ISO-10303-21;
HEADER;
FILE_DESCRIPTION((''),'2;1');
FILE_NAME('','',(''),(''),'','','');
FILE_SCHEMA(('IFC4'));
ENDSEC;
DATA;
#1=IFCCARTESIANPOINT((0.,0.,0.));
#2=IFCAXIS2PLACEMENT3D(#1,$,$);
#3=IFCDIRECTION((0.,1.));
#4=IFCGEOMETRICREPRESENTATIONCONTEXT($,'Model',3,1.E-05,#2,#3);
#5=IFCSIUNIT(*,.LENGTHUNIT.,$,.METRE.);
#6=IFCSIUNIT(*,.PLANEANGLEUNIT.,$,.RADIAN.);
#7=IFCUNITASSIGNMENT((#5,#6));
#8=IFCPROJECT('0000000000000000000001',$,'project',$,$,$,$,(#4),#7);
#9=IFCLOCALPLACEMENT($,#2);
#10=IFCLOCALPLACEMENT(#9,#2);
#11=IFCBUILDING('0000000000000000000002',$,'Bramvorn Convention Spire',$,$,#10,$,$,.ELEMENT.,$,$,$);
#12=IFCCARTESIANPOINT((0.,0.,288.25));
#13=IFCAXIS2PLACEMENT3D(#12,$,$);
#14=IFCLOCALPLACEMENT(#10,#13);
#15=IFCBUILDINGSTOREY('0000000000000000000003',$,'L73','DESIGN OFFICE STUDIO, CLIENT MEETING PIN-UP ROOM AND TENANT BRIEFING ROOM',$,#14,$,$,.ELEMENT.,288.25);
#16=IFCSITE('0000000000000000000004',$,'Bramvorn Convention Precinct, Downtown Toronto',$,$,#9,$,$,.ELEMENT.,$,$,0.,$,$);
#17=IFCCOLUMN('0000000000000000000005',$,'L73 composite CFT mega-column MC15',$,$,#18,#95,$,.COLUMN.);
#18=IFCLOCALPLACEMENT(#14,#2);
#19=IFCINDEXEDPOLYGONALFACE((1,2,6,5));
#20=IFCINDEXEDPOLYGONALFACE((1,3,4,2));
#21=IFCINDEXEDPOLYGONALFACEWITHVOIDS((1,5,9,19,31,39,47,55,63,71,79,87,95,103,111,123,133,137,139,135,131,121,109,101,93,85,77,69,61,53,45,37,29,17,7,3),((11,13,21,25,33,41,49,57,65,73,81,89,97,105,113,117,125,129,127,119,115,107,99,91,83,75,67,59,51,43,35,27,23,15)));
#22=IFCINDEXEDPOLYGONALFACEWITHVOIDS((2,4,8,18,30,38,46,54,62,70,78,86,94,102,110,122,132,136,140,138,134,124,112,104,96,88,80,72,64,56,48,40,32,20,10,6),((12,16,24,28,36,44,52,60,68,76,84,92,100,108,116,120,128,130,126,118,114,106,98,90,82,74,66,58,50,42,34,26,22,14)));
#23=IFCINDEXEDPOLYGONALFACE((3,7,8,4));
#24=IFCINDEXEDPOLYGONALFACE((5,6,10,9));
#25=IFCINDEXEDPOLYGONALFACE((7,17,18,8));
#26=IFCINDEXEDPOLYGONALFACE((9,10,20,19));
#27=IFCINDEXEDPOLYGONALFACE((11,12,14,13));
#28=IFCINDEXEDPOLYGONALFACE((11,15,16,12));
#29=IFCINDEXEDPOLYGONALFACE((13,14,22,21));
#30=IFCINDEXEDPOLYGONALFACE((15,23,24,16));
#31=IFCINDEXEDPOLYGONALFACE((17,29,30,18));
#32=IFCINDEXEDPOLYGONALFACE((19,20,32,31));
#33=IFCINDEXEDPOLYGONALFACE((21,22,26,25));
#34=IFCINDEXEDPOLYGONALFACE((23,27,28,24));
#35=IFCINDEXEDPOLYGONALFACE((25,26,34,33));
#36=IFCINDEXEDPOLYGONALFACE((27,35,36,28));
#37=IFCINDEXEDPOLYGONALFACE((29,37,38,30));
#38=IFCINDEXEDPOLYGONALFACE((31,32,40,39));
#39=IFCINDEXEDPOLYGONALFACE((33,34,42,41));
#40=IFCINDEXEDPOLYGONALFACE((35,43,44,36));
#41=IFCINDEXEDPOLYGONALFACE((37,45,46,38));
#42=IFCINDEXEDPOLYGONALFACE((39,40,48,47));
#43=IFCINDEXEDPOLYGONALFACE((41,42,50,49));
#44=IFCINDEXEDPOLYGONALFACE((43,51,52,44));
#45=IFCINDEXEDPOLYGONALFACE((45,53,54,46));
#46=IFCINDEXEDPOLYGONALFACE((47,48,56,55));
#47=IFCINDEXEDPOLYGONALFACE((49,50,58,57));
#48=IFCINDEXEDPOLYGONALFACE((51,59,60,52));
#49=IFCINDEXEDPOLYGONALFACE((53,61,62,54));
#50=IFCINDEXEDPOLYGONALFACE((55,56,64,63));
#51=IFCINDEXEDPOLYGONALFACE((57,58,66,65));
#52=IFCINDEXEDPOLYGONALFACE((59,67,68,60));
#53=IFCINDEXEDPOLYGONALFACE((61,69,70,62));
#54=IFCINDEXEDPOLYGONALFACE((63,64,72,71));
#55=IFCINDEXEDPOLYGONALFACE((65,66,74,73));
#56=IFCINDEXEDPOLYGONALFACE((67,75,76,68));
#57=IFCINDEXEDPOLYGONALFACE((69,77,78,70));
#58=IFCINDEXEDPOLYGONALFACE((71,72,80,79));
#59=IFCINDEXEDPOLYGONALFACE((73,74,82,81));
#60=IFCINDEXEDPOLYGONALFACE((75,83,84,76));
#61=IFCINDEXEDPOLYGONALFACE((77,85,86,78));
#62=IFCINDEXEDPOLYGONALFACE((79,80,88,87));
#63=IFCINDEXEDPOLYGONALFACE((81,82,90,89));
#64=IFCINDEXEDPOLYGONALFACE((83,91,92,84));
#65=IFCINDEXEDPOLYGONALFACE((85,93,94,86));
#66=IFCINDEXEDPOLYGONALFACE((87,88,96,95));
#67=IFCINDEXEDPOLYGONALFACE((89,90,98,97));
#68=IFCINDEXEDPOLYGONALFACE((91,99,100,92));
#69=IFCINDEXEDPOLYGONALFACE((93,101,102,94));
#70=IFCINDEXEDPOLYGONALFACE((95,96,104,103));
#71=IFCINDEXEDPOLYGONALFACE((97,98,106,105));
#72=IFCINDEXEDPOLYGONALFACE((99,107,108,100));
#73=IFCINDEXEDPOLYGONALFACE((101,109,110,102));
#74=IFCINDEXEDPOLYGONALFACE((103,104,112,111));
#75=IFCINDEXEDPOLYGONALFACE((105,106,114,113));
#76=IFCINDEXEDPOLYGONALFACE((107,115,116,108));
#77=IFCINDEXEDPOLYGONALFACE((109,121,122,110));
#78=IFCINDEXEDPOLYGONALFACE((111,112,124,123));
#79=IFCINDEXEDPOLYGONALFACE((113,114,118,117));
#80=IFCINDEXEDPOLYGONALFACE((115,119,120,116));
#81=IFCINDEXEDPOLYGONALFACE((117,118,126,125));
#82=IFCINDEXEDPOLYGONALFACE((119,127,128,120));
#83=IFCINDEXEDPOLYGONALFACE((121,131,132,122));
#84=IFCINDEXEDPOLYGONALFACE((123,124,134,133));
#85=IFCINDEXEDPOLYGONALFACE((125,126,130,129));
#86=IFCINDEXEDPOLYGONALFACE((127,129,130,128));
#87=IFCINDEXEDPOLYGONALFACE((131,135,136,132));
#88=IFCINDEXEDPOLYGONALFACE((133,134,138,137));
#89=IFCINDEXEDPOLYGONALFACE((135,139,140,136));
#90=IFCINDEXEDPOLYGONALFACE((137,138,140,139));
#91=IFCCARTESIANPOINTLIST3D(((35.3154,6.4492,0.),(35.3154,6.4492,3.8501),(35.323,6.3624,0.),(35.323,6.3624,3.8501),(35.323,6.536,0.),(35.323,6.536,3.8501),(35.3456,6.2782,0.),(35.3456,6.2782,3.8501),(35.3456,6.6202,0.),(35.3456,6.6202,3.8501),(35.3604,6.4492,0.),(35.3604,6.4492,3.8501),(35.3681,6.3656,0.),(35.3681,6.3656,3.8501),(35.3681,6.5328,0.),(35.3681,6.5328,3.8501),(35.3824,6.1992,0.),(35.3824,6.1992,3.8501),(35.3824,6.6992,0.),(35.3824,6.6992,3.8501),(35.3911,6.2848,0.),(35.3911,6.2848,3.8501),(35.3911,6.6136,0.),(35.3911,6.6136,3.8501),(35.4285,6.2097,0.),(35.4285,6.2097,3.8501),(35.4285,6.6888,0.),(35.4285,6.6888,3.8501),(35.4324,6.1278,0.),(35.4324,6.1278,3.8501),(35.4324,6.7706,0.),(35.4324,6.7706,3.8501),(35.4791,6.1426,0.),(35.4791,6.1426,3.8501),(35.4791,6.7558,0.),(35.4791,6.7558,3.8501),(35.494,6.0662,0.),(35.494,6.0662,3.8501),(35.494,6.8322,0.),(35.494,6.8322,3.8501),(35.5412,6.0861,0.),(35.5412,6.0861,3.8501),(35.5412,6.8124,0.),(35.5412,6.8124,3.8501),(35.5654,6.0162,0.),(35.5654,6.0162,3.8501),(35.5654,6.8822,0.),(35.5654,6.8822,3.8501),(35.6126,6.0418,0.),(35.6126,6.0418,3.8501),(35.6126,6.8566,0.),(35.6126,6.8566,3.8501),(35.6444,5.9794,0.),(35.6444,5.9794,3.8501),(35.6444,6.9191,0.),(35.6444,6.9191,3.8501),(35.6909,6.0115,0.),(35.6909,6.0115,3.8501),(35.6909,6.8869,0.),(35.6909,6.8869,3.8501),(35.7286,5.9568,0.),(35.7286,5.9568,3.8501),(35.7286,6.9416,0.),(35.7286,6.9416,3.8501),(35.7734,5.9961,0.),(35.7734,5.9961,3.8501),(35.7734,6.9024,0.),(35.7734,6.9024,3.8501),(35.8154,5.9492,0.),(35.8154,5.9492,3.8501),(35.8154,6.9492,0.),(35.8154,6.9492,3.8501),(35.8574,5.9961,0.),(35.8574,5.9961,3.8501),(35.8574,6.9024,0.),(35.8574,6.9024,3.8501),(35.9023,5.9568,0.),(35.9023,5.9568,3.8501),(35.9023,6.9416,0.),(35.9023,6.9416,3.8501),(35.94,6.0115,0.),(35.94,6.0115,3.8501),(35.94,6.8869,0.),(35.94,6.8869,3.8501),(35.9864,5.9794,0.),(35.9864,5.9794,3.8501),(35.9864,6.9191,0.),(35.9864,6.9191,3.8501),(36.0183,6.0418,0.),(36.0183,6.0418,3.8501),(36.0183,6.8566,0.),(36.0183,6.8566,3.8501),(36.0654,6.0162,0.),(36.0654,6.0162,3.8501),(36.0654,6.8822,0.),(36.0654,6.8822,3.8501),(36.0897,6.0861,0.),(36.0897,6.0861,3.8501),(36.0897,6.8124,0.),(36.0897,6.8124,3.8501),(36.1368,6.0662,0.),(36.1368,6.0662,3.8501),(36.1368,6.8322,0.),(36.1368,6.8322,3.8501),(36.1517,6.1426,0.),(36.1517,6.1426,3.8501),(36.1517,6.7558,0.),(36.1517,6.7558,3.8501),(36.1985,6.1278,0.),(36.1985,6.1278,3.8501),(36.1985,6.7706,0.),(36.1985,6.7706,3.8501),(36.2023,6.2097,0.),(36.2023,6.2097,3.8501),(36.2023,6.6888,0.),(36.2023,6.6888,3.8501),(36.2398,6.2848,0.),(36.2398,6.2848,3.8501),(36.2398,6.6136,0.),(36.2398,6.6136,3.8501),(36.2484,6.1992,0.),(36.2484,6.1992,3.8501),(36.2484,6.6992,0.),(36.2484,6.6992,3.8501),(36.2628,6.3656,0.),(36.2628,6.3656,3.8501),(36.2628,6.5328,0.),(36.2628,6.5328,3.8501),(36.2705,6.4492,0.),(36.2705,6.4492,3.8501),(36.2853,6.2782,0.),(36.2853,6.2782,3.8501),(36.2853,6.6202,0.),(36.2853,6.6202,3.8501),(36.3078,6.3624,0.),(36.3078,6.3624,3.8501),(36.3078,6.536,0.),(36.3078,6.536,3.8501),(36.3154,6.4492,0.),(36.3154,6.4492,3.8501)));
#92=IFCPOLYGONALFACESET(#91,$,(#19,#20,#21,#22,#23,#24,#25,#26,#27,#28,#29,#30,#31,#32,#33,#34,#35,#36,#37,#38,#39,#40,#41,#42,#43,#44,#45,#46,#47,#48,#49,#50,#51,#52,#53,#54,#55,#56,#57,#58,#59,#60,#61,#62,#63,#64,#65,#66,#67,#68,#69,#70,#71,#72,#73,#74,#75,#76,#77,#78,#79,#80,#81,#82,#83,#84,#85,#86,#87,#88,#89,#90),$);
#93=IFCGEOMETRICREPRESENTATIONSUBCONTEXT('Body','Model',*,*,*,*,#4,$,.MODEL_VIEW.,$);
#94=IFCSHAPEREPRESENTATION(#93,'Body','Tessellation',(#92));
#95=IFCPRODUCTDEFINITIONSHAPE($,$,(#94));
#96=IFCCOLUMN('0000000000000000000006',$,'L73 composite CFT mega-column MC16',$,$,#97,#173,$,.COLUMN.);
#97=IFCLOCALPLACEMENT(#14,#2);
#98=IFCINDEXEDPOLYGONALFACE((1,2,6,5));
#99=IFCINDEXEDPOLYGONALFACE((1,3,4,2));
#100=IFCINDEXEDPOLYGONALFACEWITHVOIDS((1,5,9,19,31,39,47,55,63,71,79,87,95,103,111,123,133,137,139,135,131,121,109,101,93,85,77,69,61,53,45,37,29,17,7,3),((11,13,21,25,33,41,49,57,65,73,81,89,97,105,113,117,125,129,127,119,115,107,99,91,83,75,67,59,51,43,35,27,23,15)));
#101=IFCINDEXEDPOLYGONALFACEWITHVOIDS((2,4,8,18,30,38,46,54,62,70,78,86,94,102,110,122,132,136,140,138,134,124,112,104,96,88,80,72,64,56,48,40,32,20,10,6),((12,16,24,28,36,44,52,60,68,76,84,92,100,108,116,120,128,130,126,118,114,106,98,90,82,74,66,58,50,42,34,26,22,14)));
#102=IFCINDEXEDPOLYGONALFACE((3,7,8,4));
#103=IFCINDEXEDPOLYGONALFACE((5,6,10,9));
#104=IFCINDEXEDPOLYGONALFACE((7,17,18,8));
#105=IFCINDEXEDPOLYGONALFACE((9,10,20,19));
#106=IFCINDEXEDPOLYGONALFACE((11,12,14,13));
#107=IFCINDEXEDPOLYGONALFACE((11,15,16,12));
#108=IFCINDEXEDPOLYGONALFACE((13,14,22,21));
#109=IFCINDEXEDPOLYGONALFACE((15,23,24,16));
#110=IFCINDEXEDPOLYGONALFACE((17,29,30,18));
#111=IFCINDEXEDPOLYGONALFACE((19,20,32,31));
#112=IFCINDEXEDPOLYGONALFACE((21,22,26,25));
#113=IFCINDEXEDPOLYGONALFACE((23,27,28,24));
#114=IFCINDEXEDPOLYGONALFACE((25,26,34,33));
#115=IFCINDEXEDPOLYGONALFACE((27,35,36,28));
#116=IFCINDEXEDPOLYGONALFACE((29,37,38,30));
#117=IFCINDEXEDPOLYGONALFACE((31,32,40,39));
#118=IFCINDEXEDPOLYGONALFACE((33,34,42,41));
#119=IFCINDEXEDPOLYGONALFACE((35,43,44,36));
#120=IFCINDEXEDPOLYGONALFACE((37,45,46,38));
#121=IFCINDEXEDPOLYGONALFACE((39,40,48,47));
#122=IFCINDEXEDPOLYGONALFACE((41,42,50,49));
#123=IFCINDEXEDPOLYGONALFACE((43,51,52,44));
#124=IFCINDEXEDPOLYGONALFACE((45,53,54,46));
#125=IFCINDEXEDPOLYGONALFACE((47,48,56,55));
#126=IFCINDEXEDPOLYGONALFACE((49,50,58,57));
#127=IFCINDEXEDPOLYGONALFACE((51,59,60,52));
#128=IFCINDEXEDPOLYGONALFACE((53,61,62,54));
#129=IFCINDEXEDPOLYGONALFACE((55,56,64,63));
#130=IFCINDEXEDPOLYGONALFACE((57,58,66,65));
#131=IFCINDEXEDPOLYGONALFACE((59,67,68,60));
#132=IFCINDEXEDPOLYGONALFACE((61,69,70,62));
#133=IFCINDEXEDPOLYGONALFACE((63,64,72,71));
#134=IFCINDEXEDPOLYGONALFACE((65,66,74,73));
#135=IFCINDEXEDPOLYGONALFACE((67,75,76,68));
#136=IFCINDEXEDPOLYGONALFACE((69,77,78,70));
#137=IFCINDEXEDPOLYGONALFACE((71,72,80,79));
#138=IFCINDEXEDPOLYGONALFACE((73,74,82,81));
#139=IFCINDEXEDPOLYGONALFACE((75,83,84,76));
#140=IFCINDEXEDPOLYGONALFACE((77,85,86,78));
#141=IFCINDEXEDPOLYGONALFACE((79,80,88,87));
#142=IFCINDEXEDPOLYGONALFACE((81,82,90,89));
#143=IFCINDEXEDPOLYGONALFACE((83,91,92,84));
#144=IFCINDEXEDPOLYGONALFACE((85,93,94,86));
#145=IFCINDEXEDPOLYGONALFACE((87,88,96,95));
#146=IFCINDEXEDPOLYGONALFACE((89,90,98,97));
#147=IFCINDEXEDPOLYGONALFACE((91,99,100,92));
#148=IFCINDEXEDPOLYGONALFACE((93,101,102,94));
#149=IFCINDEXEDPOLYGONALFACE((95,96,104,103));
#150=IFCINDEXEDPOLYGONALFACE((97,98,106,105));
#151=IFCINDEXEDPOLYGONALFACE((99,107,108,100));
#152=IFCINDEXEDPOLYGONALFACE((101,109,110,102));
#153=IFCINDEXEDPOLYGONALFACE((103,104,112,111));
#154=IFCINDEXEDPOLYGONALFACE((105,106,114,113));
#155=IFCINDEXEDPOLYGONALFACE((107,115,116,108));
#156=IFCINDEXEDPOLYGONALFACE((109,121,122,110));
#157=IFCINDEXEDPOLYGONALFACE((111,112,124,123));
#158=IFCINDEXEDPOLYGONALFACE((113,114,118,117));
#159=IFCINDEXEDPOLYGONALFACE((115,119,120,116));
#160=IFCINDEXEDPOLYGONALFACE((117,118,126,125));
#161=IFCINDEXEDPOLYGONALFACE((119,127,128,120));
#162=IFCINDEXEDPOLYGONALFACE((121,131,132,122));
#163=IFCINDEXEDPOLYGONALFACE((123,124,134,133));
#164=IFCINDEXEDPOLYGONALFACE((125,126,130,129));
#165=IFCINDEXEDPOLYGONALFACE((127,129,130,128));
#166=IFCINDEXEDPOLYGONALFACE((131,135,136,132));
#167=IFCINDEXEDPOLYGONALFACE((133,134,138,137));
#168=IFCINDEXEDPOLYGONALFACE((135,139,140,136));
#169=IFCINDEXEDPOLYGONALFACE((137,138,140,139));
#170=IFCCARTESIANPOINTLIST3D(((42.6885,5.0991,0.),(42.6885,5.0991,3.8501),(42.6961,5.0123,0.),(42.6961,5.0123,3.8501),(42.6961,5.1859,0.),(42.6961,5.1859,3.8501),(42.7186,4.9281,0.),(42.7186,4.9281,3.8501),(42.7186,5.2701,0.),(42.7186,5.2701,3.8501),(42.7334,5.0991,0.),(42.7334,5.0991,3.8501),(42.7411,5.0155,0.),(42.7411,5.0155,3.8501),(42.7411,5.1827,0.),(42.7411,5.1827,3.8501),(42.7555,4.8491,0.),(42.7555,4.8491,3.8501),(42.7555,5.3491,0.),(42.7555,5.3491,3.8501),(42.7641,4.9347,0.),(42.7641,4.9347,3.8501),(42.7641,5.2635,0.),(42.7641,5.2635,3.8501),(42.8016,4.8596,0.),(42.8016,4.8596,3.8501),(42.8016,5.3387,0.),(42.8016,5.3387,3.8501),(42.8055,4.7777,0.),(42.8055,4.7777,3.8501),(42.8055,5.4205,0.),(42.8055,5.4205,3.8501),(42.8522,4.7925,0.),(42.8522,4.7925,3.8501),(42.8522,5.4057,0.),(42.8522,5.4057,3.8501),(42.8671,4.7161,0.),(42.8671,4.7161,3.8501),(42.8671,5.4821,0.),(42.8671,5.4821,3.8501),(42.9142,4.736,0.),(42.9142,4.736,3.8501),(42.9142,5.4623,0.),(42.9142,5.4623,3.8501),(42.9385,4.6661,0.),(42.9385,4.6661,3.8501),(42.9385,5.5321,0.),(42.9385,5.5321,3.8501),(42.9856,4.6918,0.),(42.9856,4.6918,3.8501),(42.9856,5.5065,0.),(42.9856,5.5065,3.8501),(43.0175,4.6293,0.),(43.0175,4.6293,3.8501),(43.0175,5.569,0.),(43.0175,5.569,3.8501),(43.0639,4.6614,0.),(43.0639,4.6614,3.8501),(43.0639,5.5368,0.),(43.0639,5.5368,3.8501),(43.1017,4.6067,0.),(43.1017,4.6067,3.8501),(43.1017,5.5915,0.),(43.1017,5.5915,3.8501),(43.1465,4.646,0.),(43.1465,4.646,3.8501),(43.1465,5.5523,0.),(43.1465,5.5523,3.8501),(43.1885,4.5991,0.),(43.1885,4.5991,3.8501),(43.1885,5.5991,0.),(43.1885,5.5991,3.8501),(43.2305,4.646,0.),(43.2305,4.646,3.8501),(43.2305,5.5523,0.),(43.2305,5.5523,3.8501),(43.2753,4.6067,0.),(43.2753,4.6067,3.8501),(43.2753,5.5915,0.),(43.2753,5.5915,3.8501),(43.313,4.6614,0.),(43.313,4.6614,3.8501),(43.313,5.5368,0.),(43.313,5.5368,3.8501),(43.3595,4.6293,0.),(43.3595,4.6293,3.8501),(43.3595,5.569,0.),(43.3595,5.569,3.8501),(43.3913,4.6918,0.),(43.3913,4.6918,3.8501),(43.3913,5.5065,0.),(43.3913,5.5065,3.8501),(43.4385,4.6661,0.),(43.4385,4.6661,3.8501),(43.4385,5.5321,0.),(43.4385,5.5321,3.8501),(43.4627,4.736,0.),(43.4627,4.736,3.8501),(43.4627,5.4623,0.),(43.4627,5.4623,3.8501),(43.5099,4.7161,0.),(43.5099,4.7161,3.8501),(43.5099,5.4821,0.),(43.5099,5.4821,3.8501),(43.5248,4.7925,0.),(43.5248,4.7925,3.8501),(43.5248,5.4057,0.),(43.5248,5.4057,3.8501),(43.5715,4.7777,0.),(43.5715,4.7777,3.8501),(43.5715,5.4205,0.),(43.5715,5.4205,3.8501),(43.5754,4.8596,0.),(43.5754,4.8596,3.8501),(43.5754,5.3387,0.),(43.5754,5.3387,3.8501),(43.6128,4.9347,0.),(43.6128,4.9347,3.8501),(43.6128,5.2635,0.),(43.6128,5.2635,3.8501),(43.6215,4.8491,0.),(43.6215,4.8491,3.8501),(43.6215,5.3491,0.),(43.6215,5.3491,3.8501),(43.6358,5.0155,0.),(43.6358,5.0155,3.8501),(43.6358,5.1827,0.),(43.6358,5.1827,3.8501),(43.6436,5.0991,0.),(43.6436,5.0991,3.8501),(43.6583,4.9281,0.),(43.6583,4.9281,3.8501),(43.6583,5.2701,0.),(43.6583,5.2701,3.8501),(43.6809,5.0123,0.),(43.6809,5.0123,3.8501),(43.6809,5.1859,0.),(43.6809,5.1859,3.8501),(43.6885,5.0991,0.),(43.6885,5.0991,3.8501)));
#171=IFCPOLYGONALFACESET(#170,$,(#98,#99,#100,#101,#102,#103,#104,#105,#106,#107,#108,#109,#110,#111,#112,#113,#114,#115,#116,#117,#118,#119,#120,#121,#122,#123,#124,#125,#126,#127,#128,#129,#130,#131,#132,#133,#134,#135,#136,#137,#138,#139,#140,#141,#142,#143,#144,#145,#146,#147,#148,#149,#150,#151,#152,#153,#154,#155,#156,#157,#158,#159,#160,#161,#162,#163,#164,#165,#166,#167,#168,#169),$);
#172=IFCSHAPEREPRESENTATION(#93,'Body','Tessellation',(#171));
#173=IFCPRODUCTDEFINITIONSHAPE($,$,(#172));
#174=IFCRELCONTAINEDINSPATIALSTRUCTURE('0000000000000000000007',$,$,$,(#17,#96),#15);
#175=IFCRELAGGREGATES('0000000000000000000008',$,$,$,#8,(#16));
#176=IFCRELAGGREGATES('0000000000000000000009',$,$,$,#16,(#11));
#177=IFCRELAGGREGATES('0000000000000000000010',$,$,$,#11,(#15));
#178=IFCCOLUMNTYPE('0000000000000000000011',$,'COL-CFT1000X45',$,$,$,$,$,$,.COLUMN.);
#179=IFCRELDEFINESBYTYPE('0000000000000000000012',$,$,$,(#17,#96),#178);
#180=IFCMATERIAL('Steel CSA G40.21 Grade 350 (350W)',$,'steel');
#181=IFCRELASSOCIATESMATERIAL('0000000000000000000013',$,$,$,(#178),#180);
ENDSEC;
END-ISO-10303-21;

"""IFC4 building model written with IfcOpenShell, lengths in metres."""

from ifc_helpers import new_model, si_unit, direction, frame, origin, origin_2d, place, context, subcontext, project, spatial, hollow_circle, extrude, material, material_profile, profile_set, type_object, element, save


model = new_model("IFC4")

# Units and contexts
model_context = context("Model", 3, precision=1e-05, world=origin(), true_north=direction((0.0, 1.0)))
body_context = subcontext(model_context, "Body", "Model", "MODEL_VIEW")
ifc_project = project(units=[si_unit("LENGTHUNIT", "METRE"), si_unit("PLANEANGLEUNIT", "RADIAN")], contexts=[model_context])

# Site, building, storey
site_placement = place(None, origin())
site = spatial("IfcSite", under=ifc_project, at=site_placement, Name="Bramvorn Convention Precinct, Downtown Toronto", CompositionType="ELEMENT", RefElevation=0.0)
building_placement = place(site_placement, origin())
building = spatial("IfcBuilding", under=site, at=building_placement, Name="Bramvorn Convention Spire", CompositionType="ELEMENT")
storey_placement = place(building_placement, frame((0.0, 0.0, 288.25)))
storey = spatial("IfcBuildingStorey", under=building, at=storey_placement, Name="L73", Description="DESIGN OFFICE STUDIO, CLIENT MEETING PIN-UP ROOM AND TENANT BRIEFING ROOM", CompositionType="ELEMENT", Elevation=288.25)

# Columns
ifc_material_1 = material(Name="Steel CSA G40.21 Grade 350 (350W)", Category="steel")
ifc_material_profile_1 = material_profile(ifc_material_1, hollow_circle(Radius=0.5, WallThickness=0.0449, at=origin_2d()))
ifc_profile_set_1 = profile_set([ifc_material_profile_1], Name="Steel CSA G40.21 Grade 350 (350W) - CFT1000X45")
column_type = type_object("IfcColumnType", Name="COL-CFT1000X45", PredefinedType="COLUMN", material=ifc_profile_set_1)
for number, where, z_axis, x_axis, name in (
    (1, (35.8154, 6.4492, 0.0), (0.0, 0.0, 1.0), (1.0, 0.0, 0.0), "L73 composite CFT mega-column MC15"),
    (2, (43.1885, 5.0991, 0.0), (0.0, 0.0, 1.0), (1.0, 0.0, 0.0), "L73 composite CFT mega-column MC16"),
):
    element("IfcColumn", number, at=place(storey_placement, frame(where, z_axis=z_axis, x_axis=x_axis)), inside=storey, type_object=column_type, Name=name, PredefinedType="COLUMN", context=body_context, shape_type="SweptSolid", body=[
        extrude(hollow_circle(Radius=0.5, WallThickness=0.0449, at=origin_2d()), origin(), (0.0, 0.0, 1.0), 3.8501),
    ])

save(model, "model.ifc")
